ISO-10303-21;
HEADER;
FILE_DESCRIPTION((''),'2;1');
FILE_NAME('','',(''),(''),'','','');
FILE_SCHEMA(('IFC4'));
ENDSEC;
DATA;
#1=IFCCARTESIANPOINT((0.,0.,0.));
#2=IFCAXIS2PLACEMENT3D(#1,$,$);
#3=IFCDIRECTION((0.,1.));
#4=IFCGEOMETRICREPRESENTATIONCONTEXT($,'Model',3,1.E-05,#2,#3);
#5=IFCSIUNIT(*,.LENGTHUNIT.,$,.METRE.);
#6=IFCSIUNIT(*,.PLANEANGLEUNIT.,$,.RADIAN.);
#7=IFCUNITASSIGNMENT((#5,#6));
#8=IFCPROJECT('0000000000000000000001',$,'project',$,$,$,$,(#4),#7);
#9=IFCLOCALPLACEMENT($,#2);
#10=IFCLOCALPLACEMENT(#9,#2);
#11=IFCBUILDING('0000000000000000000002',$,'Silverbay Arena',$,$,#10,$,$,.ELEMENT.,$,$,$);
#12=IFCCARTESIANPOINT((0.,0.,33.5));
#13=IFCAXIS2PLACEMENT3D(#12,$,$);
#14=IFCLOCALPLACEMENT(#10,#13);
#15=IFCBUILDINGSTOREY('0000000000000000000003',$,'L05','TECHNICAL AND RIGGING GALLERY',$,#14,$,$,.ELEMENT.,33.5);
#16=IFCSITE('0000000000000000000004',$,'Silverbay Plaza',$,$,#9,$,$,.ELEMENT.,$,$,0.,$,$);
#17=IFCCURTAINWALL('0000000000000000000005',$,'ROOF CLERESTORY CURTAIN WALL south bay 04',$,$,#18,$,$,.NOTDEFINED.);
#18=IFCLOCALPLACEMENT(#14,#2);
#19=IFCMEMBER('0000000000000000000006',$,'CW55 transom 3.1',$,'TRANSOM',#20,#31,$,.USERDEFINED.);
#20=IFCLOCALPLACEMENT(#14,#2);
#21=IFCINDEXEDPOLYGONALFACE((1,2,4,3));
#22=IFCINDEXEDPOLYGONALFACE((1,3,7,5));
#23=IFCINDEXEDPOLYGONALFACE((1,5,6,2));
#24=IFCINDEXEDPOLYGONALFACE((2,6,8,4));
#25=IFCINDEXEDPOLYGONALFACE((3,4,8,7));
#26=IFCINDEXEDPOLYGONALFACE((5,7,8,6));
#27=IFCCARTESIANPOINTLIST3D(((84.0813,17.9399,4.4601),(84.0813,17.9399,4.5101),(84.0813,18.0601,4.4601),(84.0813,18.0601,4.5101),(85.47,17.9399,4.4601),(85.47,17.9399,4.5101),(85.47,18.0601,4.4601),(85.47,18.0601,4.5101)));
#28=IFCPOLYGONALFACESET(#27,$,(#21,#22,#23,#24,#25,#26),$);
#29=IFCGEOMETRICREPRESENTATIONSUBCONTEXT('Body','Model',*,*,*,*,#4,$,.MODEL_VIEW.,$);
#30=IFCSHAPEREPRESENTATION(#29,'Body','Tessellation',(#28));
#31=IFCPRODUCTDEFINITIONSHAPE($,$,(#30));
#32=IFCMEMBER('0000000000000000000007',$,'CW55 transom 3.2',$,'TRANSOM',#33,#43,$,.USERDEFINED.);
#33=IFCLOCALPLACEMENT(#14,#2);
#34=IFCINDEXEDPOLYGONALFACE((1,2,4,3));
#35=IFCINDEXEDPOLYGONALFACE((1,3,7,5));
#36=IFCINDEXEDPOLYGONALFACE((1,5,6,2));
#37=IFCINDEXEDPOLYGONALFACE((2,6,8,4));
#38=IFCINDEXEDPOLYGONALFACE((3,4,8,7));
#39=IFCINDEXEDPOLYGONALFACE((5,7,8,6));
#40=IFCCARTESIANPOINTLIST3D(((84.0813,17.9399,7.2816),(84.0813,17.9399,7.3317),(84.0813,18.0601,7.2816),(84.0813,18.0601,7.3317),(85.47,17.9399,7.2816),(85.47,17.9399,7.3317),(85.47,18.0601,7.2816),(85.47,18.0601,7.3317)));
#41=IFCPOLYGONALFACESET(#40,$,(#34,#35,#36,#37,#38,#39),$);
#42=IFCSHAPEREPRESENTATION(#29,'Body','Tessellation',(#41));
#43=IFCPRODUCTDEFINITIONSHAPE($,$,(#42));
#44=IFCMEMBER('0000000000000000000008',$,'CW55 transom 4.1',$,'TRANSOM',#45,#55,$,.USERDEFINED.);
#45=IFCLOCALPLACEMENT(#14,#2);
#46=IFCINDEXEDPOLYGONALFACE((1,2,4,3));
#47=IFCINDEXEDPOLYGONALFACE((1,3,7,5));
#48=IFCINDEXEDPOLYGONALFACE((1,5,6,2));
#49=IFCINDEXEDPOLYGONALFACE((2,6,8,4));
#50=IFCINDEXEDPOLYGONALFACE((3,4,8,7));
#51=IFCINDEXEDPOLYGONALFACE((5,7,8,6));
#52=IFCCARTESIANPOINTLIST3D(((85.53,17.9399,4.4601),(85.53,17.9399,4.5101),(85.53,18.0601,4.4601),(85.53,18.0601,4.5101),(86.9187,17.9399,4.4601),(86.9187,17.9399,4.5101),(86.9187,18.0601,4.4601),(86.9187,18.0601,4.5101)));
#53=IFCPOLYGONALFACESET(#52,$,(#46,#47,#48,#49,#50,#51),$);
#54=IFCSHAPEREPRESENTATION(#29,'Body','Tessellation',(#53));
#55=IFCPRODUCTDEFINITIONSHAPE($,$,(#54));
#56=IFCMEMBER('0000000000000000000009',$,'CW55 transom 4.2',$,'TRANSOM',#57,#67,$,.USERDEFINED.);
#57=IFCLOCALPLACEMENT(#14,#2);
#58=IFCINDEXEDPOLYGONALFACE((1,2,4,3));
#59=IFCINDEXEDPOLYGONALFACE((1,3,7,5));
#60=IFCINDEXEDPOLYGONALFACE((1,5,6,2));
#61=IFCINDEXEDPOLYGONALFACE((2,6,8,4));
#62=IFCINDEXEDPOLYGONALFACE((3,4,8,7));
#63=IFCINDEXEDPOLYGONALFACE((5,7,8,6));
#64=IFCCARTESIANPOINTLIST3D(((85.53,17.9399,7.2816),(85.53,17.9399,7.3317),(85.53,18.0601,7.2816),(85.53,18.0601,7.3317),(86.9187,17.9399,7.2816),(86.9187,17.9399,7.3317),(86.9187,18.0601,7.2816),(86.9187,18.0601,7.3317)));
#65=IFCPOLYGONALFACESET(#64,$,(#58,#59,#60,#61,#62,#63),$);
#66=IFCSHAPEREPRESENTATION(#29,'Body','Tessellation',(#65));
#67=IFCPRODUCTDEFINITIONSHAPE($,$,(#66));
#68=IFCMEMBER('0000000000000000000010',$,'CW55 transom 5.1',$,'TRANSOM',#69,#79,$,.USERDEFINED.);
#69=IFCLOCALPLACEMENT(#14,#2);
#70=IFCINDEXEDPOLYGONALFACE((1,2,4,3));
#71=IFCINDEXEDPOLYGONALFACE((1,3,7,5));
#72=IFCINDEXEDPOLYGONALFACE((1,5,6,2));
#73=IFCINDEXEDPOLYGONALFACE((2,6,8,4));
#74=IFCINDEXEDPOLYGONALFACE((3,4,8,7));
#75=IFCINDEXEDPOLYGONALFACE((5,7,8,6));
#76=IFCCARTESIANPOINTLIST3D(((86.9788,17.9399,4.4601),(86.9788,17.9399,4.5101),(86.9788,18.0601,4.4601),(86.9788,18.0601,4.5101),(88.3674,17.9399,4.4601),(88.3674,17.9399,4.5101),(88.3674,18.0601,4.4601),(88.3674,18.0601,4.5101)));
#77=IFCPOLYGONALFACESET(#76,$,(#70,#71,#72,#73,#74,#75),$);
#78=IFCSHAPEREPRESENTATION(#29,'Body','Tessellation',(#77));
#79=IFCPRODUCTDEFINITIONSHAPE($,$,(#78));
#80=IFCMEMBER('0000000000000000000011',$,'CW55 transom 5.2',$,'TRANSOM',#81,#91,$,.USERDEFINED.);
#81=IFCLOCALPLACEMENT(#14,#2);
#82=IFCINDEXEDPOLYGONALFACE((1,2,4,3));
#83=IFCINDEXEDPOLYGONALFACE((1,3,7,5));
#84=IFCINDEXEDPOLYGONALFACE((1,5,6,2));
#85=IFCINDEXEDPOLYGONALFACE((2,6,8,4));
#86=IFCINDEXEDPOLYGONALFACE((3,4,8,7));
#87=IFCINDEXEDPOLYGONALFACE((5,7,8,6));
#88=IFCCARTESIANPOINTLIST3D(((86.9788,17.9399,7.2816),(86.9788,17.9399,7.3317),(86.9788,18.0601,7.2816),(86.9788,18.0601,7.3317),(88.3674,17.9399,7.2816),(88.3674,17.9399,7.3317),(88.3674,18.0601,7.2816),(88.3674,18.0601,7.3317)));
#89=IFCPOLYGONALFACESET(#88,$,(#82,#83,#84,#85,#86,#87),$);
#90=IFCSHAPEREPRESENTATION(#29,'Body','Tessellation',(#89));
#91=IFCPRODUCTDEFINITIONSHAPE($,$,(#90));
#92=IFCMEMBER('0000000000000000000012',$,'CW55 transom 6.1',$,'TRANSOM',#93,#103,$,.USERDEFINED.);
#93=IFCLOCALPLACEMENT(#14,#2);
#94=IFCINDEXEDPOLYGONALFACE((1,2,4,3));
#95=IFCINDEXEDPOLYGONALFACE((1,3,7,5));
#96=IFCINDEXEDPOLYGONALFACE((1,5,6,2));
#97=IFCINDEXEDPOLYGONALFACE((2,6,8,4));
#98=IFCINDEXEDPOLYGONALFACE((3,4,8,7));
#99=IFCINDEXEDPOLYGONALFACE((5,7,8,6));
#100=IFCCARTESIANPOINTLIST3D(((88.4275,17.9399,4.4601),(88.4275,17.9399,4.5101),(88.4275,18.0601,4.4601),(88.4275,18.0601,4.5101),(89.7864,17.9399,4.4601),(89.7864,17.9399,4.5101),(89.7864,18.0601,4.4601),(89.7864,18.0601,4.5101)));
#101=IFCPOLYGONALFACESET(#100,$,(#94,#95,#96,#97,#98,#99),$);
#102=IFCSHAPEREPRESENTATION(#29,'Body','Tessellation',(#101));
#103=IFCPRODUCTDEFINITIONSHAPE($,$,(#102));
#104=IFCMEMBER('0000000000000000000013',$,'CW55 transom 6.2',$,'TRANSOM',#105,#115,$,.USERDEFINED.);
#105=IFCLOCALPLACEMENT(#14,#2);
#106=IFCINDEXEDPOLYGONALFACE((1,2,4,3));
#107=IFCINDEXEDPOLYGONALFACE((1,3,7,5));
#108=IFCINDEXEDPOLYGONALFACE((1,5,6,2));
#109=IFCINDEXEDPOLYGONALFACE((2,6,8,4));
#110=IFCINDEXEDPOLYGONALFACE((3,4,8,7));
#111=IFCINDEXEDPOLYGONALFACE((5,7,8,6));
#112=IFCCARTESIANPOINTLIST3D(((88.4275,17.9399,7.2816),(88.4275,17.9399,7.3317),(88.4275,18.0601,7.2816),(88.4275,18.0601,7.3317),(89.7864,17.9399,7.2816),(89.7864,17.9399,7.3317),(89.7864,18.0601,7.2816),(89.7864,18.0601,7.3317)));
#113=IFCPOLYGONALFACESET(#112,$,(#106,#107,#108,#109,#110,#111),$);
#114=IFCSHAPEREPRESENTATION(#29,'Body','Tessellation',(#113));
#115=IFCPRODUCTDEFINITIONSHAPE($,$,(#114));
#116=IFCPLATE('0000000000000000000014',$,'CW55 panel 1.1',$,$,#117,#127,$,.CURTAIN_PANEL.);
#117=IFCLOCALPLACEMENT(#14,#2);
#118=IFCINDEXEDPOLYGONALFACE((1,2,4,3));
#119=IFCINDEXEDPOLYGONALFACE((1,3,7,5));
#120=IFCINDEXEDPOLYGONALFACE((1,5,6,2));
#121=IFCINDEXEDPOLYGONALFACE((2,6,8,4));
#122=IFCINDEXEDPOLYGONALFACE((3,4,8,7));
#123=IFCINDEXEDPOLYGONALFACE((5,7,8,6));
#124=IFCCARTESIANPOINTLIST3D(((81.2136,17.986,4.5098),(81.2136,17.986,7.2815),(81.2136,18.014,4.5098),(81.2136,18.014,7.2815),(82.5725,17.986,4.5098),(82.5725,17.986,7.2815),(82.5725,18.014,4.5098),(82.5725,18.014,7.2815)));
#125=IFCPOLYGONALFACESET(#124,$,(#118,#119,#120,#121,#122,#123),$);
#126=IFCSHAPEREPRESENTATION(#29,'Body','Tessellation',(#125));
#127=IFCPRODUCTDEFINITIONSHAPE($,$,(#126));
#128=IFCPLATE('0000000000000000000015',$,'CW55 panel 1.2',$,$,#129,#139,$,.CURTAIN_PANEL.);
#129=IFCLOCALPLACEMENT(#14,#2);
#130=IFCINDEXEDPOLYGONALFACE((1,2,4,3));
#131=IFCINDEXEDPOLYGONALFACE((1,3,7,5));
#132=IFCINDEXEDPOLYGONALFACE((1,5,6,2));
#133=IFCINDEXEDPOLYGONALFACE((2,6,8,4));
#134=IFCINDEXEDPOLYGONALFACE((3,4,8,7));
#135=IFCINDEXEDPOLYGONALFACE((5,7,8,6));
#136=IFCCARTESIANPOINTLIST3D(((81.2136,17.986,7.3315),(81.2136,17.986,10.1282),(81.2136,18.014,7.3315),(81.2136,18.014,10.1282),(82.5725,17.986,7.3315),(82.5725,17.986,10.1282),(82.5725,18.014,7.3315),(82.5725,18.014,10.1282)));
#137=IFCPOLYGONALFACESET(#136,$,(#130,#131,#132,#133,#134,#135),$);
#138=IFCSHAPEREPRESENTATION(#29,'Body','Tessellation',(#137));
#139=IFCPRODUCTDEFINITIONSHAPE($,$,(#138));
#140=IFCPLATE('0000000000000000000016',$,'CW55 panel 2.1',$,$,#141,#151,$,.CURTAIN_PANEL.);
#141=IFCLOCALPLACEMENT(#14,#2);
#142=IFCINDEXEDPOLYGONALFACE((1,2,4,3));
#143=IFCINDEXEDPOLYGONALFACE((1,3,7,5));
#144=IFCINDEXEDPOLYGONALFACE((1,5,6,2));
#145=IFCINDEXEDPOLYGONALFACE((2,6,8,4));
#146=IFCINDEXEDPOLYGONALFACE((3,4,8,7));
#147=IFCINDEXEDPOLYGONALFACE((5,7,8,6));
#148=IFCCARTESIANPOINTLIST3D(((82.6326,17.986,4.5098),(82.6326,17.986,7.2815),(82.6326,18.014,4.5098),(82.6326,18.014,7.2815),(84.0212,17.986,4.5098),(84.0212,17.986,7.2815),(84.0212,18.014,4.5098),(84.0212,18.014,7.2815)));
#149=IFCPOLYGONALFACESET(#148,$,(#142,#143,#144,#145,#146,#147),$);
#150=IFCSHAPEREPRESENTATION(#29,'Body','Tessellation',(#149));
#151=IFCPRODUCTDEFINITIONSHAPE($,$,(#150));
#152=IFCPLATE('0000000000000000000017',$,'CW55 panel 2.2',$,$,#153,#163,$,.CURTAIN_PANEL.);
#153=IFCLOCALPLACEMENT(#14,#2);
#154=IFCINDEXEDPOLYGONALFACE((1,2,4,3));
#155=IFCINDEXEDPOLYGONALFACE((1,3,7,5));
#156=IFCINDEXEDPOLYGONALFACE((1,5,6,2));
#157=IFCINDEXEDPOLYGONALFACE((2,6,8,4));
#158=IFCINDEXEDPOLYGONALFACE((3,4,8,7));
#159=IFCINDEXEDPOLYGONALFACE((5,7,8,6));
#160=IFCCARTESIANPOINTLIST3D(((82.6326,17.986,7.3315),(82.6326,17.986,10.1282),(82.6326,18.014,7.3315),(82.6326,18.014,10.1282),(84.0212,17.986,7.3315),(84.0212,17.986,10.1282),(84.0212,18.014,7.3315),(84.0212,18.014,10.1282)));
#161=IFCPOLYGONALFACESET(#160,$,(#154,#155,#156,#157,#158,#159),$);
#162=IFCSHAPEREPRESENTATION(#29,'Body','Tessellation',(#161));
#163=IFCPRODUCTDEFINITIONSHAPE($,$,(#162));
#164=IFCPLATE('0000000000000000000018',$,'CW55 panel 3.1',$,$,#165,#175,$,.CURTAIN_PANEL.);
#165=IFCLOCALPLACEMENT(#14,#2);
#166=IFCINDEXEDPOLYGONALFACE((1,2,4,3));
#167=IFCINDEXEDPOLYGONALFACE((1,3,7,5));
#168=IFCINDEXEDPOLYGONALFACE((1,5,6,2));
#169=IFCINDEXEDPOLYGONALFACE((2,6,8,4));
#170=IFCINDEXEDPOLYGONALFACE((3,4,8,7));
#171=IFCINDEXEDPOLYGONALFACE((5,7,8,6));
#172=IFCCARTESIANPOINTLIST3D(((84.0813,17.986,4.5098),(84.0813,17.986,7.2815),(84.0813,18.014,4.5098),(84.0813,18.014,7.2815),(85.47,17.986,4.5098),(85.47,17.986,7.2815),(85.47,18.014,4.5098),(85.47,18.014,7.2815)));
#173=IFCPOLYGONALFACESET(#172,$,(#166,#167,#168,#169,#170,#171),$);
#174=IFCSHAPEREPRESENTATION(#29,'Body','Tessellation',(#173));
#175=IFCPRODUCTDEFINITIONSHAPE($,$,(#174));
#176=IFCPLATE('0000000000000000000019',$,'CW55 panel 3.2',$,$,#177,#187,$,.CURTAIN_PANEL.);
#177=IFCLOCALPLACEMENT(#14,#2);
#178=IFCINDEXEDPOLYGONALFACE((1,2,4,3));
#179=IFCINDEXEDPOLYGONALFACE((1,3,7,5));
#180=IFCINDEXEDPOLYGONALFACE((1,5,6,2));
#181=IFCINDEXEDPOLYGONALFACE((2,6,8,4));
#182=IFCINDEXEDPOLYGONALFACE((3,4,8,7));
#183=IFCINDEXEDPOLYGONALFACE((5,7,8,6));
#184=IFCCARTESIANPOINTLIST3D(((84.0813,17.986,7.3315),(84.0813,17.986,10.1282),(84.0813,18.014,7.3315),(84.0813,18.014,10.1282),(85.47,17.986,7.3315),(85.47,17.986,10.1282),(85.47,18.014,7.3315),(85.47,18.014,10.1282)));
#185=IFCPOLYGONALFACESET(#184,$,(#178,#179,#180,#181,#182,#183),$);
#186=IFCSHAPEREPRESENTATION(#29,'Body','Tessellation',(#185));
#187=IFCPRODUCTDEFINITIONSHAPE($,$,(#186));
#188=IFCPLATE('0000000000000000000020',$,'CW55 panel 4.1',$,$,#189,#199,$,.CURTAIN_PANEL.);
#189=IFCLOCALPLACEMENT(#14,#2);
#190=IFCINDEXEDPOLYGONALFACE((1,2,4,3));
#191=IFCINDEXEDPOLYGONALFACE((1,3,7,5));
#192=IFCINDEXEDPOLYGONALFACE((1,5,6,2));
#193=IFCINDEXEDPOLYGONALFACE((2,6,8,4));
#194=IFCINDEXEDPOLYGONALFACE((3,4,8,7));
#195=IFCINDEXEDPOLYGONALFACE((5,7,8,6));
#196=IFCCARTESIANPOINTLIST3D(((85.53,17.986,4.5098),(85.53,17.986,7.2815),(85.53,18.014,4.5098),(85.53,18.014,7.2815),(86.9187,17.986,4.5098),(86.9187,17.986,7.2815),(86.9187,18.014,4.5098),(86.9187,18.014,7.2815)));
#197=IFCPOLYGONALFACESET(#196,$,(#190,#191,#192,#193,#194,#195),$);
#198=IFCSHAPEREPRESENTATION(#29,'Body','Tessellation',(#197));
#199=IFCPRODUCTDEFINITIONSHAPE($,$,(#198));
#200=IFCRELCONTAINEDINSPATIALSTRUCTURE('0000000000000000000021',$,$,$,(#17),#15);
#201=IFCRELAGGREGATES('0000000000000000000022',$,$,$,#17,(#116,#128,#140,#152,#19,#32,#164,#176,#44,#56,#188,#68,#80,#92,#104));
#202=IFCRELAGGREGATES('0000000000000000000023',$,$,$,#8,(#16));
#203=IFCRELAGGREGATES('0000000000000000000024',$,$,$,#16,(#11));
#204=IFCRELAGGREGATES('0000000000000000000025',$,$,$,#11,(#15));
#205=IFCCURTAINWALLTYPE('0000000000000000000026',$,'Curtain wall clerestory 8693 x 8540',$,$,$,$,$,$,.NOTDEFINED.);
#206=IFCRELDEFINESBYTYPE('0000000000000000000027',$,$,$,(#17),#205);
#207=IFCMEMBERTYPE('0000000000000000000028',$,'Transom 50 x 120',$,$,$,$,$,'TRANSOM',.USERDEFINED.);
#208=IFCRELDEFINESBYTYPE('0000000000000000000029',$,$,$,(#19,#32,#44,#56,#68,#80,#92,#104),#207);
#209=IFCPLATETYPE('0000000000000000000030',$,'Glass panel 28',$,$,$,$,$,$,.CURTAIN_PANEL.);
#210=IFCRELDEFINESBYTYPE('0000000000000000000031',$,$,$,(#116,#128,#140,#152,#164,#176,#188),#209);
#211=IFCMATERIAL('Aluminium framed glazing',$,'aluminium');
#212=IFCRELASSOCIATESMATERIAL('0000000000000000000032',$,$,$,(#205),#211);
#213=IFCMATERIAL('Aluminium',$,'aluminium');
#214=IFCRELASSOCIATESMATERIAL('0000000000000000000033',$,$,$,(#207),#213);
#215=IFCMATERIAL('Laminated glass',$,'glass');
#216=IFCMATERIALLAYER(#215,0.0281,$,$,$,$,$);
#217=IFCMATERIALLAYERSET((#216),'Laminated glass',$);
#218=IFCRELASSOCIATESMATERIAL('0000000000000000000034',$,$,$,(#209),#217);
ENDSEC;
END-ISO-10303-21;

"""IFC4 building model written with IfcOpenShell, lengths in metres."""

from ifc_helpers import new_model, si_unit, direction, frame, origin, origin_2d, place, context, subcontext, project, spatial, rectangle, extrude, material, layer, layer_set, material_profile, profile_set, type_object, element, aggregate, save


model = new_model("IFC4")

# Units and contexts
model_context = context("Model", 3, precision=1e-05, world=origin(), true_north=direction((0.0, 1.0)))
body_context = subcontext(model_context, "Body", "Model", "MODEL_VIEW")
ifc_project = project(units=[si_unit("LENGTHUNIT", "METRE"), si_unit("PLANEANGLEUNIT", "RADIAN")], contexts=[model_context])

# Site, building, storey
site_placement = place(None, origin())
site = spatial("IfcSite", under=ifc_project, at=site_placement, Name="Silverbay Plaza", CompositionType="ELEMENT", RefElevation=0.0)
building_placement = place(site_placement, origin())
building = spatial("IfcBuilding", under=site, at=building_placement, Name="Silverbay Arena", CompositionType="ELEMENT")
storey_placement = place(building_placement, frame((0.0, 0.0, 33.5)))
storey = spatial("IfcBuildingStorey", under=building, at=storey_placement, Name="L05", Description="TECHNICAL AND RIGGING GALLERY", CompositionType="ELEMENT", Elevation=33.5)

# Curtain wall, members, plates
ifc_material_1 = material(Name="Aluminium framed glazing", Category="aluminium")
curtain_wall_type = type_object("IfcCurtainWallType", Name="Curtain wall clerestory 8693 x 8540", PredefinedType="NOTDEFINED", material=ifc_material_1)
curtain_wall_placement = place(storey_placement, origin())
curtain_wall = element("IfcCurtainWall", 1, at=curtain_wall_placement, inside=storey, type_object=curtain_wall_type, Name="ROOF CLERESTORY CURTAIN WALL south bay 04", PredefinedType="NOTDEFINED")
ifc_material_2 = material(Name="Aluminium", Category="aluminium")
ifc_material_profile_1 = material_profile(ifc_material_2, rectangle(XDim=0.1201, YDim=0.05, at=origin_2d()), Name="Transom 50 x 120")
ifc_profile_set_1 = profile_set([ifc_material_profile_1], Name="Aluminium")
member_type_1 = type_object("IfcMemberType", Name="Transom 50 x 120", ElementType="TRANSOM", PredefinedType="USERDEFINED", material=ifc_profile_set_1)
member_1_placement = place(storey_placement, frame((84.0813, 18.0, 4.4851), z_axis=(1.0, 0.0, 0.0), x_axis=(0.0, 1.0, 0.0)))
member_1 = element("IfcMember", 2, at=member_1_placement, type_object=member_type_1, Name="CW55 transom 3.1", ObjectType="TRANSOM", PredefinedType="USERDEFINED", context=body_context, shape_type="SweptSolid", body=[
    extrude(rectangle(XDim=0.1201, YDim=0.05, at=origin_2d()), origin(), (0.0, 0.0, 1.0), 1.3887),
])
member_2_placement = place(storey_placement, frame((84.0813, 18.0, 7.3066), z_axis=(1.0, 0.0, 0.0), x_axis=(0.0, 1.0, 0.0)))
member_2 = element("IfcMember", 3, at=member_2_placement, type_object=member_type_1, Name="CW55 transom 3.2", ObjectType="TRANSOM", PredefinedType="USERDEFINED", context=body_context, shape_type="SweptSolid", body=[
    extrude(rectangle(XDim=0.1201, YDim=0.05, at=origin_2d()), origin(), (0.0, 0.0, 1.0), 1.3887),
])
member_3_placement = place(storey_placement, frame((85.53, 18.0, 4.4851), z_axis=(1.0, 0.0, 0.0), x_axis=(0.0, 1.0, 0.0)))
member_3 = element("IfcMember", 4, at=member_3_placement, type_object=member_type_1, Name="CW55 transom 4.1", ObjectType="TRANSOM", PredefinedType="USERDEFINED", context=body_context, shape_type="SweptSolid", body=[
    extrude(rectangle(XDim=0.1201, YDim=0.05, at=origin_2d()), origin(), (0.0, 0.0, 1.0), 1.3887),
])
member_4_placement = place(storey_placement, frame((85.53, 18.0, 7.3066), z_axis=(1.0, 0.0, 0.0), x_axis=(0.0, 1.0, 0.0)))
member_4 = element("IfcMember", 5, at=member_4_placement, type_object=member_type_1, Name="CW55 transom 4.2", ObjectType="TRANSOM", PredefinedType="USERDEFINED", context=body_context, shape_type="SweptSolid", body=[
    extrude(rectangle(XDim=0.1201, YDim=0.05, at=origin_2d()), origin(), (0.0, 0.0, 1.0), 1.3887),
])
member_5_placement = place(storey_placement, frame((86.9788, 18.0, 4.4851), z_axis=(1.0, 0.0, 0.0), x_axis=(0.0, 1.0, 0.0)))
member_5 = element("IfcMember", 6, at=member_5_placement, type_object=member_type_1, Name="CW55 transom 5.1", ObjectType="TRANSOM", PredefinedType="USERDEFINED", context=body_context, shape_type="SweptSolid", body=[
    extrude(rectangle(XDim=0.1201, YDim=0.05, at=origin_2d()), origin(), (0.0, 0.0, 1.0), 1.3887),
])
member_6_placement = place(storey_placement, frame((86.9788, 18.0, 7.3066), z_axis=(1.0, 0.0, 0.0), x_axis=(0.0, 1.0, 0.0)))
member_6 = element("IfcMember", 7, at=member_6_placement, type_object=member_type_1, Name="CW55 transom 5.2", ObjectType="TRANSOM", PredefinedType="USERDEFINED", context=body_context, shape_type="SweptSolid", body=[
    extrude(rectangle(XDim=0.1201, YDim=0.05, at=origin_2d()), origin(), (0.0, 0.0, 1.0), 1.3887),
])
member_7_placement = place(storey_placement, frame((88.4275, 18.0, 4.4851), z_axis=(1.0, 0.0, 0.0), x_axis=(0.0, 1.0, 0.0)))
member_7 = element("IfcMember", 8, at=member_7_placement, type_object=member_type_1, Name="CW55 transom 6.1", ObjectType="TRANSOM", PredefinedType="USERDEFINED", context=body_context, shape_type="SweptSolid", body=[
    extrude(rectangle(XDim=0.1201, YDim=0.05, at=origin_2d()), origin(), (0.0, 0.0, 1.0), 1.3589),
])
member_8_placement = place(storey_placement, frame((88.4275, 18.0, 7.3066), z_axis=(1.0, 0.0, 0.0), x_axis=(0.0, 1.0, 0.0)))
member_8 = element("IfcMember", 9, at=member_8_placement, type_object=member_type_1, Name="CW55 transom 6.2", ObjectType="TRANSOM", PredefinedType="USERDEFINED", context=body_context, shape_type="SweptSolid", body=[
    extrude(rectangle(XDim=0.1201, YDim=0.05, at=origin_2d()), origin(), (0.0, 0.0, 1.0), 1.3589),
])
ifc_material_3 = material(Name="Laminated glass", Category="glass")
ifc_layer_1 = layer(ifc_material_3, 0.0281)
ifc_layer_set_1 = layer_set([ifc_layer_1], Name="Laminated glass")
plate_type = type_object("IfcPlateType", Name="Glass panel 28", PredefinedType="CURTAIN_PANEL", material=ifc_layer_set_1)
plate_1_placement = place(storey_placement, frame((81.8931, 18.0, 4.5098), z_axis=(0.0, 0.0, 1.0), x_axis=(1.0, 0.0, 0.0)))
plate_1 = element("IfcPlate", 10, at=plate_1_placement, type_object=plate_type, Name="CW55 panel 1.1", PredefinedType="CURTAIN_PANEL", context=body_context, shape_type="SweptSolid", body=[
    extrude(rectangle(XDim=1.3589, YDim=0.0281, at=origin_2d()), origin(), (0.0, 0.0, 1.0), 2.7717),
])
plate_2_placement = place(storey_placement, frame((81.8931, 18.0, 7.3315), z_axis=(0.0, 0.0, 1.0), x_axis=(1.0, 0.0, 0.0)))
plate_2 = element("IfcPlate", 11, at=plate_2_placement, type_object=plate_type, Name="CW55 panel 1.2", PredefinedType="CURTAIN_PANEL", context=body_context, shape_type="SweptSolid", body=[
    extrude(rectangle(XDim=1.3589, YDim=0.0281, at=origin_2d()), origin(), (0.0, 0.0, 1.0), 2.7966),
])
plate_3_placement = place(storey_placement, frame((83.3269, 18.0, 4.5098), z_axis=(0.0, 0.0, 1.0), x_axis=(1.0, 0.0, 0.0)))
plate_3 = element("IfcPlate", 12, at=plate_3_placement, type_object=plate_type, Name="CW55 panel 2.1", PredefinedType="CURTAIN_PANEL", context=body_context, shape_type="SweptSolid", body=[
    extrude(rectangle(XDim=1.3887, YDim=0.0281, at=origin_2d()), origin(), (0.0, 0.0, 1.0), 2.7717),
])
plate_4_placement = place(storey_placement, frame((83.3269, 18.0, 7.3315), z_axis=(0.0, 0.0, 1.0), x_axis=(1.0, 0.0, 0.0)))
plate_4 = element("IfcPlate", 13, at=plate_4_placement, type_object=plate_type, Name="CW55 panel 2.2", PredefinedType="CURTAIN_PANEL", context=body_context, shape_type="SweptSolid", body=[
    extrude(rectangle(XDim=1.3887, YDim=0.0281, at=origin_2d()), origin(), (0.0, 0.0, 1.0), 2.7966),
])
plate_5_placement = place(storey_placement, frame((84.7756, 18.0, 4.5098), z_axis=(0.0, 0.0, 1.0), x_axis=(1.0, 0.0, 0.0)))
plate_5 = element("IfcPlate", 14, at=plate_5_placement, type_object=plate_type, Name="CW55 panel 3.1", PredefinedType="CURTAIN_PANEL", context=body_context, shape_type="SweptSolid", body=[
    extrude(rectangle(XDim=1.3887, YDim=0.0281, at=origin_2d()), origin(), (0.0, 0.0, 1.0), 2.7717),
])
plate_6_placement = place(storey_placement, frame((84.7756, 18.0, 7.3315), z_axis=(0.0, 0.0, 1.0), x_axis=(1.0, 0.0, 0.0)))
plate_6 = element("IfcPlate", 15, at=plate_6_placement, type_object=plate_type, Name="CW55 panel 3.2", PredefinedType="CURTAIN_PANEL", context=body_context, shape_type="SweptSolid", body=[
    extrude(rectangle(XDim=1.3887, YDim=0.0281, at=origin_2d()), origin(), (0.0, 0.0, 1.0), 2.7966),
])
plate_7_placement = place(storey_placement, frame((86.2244, 18.0, 4.5098), z_axis=(0.0, 0.0, 1.0), x_axis=(1.0, 0.0, 0.0)))
plate_7 = element("IfcPlate", 16, at=plate_7_placement, type_object=plate_type, Name="CW55 panel 4.1", PredefinedType="CURTAIN_PANEL", context=body_context, shape_type="SweptSolid", body=[
    extrude(rectangle(XDim=1.3887, YDim=0.0281, at=origin_2d()), origin(), (0.0, 0.0, 1.0), 2.7717),
])
aggregate(curtain_wall, [plate_1, plate_2, plate_3, plate_4, member_1, member_2, plate_5, plate_6, member_3, member_4, plate_7, member_5, member_6, member_7, member_8])

save(model, "model.ifc")
